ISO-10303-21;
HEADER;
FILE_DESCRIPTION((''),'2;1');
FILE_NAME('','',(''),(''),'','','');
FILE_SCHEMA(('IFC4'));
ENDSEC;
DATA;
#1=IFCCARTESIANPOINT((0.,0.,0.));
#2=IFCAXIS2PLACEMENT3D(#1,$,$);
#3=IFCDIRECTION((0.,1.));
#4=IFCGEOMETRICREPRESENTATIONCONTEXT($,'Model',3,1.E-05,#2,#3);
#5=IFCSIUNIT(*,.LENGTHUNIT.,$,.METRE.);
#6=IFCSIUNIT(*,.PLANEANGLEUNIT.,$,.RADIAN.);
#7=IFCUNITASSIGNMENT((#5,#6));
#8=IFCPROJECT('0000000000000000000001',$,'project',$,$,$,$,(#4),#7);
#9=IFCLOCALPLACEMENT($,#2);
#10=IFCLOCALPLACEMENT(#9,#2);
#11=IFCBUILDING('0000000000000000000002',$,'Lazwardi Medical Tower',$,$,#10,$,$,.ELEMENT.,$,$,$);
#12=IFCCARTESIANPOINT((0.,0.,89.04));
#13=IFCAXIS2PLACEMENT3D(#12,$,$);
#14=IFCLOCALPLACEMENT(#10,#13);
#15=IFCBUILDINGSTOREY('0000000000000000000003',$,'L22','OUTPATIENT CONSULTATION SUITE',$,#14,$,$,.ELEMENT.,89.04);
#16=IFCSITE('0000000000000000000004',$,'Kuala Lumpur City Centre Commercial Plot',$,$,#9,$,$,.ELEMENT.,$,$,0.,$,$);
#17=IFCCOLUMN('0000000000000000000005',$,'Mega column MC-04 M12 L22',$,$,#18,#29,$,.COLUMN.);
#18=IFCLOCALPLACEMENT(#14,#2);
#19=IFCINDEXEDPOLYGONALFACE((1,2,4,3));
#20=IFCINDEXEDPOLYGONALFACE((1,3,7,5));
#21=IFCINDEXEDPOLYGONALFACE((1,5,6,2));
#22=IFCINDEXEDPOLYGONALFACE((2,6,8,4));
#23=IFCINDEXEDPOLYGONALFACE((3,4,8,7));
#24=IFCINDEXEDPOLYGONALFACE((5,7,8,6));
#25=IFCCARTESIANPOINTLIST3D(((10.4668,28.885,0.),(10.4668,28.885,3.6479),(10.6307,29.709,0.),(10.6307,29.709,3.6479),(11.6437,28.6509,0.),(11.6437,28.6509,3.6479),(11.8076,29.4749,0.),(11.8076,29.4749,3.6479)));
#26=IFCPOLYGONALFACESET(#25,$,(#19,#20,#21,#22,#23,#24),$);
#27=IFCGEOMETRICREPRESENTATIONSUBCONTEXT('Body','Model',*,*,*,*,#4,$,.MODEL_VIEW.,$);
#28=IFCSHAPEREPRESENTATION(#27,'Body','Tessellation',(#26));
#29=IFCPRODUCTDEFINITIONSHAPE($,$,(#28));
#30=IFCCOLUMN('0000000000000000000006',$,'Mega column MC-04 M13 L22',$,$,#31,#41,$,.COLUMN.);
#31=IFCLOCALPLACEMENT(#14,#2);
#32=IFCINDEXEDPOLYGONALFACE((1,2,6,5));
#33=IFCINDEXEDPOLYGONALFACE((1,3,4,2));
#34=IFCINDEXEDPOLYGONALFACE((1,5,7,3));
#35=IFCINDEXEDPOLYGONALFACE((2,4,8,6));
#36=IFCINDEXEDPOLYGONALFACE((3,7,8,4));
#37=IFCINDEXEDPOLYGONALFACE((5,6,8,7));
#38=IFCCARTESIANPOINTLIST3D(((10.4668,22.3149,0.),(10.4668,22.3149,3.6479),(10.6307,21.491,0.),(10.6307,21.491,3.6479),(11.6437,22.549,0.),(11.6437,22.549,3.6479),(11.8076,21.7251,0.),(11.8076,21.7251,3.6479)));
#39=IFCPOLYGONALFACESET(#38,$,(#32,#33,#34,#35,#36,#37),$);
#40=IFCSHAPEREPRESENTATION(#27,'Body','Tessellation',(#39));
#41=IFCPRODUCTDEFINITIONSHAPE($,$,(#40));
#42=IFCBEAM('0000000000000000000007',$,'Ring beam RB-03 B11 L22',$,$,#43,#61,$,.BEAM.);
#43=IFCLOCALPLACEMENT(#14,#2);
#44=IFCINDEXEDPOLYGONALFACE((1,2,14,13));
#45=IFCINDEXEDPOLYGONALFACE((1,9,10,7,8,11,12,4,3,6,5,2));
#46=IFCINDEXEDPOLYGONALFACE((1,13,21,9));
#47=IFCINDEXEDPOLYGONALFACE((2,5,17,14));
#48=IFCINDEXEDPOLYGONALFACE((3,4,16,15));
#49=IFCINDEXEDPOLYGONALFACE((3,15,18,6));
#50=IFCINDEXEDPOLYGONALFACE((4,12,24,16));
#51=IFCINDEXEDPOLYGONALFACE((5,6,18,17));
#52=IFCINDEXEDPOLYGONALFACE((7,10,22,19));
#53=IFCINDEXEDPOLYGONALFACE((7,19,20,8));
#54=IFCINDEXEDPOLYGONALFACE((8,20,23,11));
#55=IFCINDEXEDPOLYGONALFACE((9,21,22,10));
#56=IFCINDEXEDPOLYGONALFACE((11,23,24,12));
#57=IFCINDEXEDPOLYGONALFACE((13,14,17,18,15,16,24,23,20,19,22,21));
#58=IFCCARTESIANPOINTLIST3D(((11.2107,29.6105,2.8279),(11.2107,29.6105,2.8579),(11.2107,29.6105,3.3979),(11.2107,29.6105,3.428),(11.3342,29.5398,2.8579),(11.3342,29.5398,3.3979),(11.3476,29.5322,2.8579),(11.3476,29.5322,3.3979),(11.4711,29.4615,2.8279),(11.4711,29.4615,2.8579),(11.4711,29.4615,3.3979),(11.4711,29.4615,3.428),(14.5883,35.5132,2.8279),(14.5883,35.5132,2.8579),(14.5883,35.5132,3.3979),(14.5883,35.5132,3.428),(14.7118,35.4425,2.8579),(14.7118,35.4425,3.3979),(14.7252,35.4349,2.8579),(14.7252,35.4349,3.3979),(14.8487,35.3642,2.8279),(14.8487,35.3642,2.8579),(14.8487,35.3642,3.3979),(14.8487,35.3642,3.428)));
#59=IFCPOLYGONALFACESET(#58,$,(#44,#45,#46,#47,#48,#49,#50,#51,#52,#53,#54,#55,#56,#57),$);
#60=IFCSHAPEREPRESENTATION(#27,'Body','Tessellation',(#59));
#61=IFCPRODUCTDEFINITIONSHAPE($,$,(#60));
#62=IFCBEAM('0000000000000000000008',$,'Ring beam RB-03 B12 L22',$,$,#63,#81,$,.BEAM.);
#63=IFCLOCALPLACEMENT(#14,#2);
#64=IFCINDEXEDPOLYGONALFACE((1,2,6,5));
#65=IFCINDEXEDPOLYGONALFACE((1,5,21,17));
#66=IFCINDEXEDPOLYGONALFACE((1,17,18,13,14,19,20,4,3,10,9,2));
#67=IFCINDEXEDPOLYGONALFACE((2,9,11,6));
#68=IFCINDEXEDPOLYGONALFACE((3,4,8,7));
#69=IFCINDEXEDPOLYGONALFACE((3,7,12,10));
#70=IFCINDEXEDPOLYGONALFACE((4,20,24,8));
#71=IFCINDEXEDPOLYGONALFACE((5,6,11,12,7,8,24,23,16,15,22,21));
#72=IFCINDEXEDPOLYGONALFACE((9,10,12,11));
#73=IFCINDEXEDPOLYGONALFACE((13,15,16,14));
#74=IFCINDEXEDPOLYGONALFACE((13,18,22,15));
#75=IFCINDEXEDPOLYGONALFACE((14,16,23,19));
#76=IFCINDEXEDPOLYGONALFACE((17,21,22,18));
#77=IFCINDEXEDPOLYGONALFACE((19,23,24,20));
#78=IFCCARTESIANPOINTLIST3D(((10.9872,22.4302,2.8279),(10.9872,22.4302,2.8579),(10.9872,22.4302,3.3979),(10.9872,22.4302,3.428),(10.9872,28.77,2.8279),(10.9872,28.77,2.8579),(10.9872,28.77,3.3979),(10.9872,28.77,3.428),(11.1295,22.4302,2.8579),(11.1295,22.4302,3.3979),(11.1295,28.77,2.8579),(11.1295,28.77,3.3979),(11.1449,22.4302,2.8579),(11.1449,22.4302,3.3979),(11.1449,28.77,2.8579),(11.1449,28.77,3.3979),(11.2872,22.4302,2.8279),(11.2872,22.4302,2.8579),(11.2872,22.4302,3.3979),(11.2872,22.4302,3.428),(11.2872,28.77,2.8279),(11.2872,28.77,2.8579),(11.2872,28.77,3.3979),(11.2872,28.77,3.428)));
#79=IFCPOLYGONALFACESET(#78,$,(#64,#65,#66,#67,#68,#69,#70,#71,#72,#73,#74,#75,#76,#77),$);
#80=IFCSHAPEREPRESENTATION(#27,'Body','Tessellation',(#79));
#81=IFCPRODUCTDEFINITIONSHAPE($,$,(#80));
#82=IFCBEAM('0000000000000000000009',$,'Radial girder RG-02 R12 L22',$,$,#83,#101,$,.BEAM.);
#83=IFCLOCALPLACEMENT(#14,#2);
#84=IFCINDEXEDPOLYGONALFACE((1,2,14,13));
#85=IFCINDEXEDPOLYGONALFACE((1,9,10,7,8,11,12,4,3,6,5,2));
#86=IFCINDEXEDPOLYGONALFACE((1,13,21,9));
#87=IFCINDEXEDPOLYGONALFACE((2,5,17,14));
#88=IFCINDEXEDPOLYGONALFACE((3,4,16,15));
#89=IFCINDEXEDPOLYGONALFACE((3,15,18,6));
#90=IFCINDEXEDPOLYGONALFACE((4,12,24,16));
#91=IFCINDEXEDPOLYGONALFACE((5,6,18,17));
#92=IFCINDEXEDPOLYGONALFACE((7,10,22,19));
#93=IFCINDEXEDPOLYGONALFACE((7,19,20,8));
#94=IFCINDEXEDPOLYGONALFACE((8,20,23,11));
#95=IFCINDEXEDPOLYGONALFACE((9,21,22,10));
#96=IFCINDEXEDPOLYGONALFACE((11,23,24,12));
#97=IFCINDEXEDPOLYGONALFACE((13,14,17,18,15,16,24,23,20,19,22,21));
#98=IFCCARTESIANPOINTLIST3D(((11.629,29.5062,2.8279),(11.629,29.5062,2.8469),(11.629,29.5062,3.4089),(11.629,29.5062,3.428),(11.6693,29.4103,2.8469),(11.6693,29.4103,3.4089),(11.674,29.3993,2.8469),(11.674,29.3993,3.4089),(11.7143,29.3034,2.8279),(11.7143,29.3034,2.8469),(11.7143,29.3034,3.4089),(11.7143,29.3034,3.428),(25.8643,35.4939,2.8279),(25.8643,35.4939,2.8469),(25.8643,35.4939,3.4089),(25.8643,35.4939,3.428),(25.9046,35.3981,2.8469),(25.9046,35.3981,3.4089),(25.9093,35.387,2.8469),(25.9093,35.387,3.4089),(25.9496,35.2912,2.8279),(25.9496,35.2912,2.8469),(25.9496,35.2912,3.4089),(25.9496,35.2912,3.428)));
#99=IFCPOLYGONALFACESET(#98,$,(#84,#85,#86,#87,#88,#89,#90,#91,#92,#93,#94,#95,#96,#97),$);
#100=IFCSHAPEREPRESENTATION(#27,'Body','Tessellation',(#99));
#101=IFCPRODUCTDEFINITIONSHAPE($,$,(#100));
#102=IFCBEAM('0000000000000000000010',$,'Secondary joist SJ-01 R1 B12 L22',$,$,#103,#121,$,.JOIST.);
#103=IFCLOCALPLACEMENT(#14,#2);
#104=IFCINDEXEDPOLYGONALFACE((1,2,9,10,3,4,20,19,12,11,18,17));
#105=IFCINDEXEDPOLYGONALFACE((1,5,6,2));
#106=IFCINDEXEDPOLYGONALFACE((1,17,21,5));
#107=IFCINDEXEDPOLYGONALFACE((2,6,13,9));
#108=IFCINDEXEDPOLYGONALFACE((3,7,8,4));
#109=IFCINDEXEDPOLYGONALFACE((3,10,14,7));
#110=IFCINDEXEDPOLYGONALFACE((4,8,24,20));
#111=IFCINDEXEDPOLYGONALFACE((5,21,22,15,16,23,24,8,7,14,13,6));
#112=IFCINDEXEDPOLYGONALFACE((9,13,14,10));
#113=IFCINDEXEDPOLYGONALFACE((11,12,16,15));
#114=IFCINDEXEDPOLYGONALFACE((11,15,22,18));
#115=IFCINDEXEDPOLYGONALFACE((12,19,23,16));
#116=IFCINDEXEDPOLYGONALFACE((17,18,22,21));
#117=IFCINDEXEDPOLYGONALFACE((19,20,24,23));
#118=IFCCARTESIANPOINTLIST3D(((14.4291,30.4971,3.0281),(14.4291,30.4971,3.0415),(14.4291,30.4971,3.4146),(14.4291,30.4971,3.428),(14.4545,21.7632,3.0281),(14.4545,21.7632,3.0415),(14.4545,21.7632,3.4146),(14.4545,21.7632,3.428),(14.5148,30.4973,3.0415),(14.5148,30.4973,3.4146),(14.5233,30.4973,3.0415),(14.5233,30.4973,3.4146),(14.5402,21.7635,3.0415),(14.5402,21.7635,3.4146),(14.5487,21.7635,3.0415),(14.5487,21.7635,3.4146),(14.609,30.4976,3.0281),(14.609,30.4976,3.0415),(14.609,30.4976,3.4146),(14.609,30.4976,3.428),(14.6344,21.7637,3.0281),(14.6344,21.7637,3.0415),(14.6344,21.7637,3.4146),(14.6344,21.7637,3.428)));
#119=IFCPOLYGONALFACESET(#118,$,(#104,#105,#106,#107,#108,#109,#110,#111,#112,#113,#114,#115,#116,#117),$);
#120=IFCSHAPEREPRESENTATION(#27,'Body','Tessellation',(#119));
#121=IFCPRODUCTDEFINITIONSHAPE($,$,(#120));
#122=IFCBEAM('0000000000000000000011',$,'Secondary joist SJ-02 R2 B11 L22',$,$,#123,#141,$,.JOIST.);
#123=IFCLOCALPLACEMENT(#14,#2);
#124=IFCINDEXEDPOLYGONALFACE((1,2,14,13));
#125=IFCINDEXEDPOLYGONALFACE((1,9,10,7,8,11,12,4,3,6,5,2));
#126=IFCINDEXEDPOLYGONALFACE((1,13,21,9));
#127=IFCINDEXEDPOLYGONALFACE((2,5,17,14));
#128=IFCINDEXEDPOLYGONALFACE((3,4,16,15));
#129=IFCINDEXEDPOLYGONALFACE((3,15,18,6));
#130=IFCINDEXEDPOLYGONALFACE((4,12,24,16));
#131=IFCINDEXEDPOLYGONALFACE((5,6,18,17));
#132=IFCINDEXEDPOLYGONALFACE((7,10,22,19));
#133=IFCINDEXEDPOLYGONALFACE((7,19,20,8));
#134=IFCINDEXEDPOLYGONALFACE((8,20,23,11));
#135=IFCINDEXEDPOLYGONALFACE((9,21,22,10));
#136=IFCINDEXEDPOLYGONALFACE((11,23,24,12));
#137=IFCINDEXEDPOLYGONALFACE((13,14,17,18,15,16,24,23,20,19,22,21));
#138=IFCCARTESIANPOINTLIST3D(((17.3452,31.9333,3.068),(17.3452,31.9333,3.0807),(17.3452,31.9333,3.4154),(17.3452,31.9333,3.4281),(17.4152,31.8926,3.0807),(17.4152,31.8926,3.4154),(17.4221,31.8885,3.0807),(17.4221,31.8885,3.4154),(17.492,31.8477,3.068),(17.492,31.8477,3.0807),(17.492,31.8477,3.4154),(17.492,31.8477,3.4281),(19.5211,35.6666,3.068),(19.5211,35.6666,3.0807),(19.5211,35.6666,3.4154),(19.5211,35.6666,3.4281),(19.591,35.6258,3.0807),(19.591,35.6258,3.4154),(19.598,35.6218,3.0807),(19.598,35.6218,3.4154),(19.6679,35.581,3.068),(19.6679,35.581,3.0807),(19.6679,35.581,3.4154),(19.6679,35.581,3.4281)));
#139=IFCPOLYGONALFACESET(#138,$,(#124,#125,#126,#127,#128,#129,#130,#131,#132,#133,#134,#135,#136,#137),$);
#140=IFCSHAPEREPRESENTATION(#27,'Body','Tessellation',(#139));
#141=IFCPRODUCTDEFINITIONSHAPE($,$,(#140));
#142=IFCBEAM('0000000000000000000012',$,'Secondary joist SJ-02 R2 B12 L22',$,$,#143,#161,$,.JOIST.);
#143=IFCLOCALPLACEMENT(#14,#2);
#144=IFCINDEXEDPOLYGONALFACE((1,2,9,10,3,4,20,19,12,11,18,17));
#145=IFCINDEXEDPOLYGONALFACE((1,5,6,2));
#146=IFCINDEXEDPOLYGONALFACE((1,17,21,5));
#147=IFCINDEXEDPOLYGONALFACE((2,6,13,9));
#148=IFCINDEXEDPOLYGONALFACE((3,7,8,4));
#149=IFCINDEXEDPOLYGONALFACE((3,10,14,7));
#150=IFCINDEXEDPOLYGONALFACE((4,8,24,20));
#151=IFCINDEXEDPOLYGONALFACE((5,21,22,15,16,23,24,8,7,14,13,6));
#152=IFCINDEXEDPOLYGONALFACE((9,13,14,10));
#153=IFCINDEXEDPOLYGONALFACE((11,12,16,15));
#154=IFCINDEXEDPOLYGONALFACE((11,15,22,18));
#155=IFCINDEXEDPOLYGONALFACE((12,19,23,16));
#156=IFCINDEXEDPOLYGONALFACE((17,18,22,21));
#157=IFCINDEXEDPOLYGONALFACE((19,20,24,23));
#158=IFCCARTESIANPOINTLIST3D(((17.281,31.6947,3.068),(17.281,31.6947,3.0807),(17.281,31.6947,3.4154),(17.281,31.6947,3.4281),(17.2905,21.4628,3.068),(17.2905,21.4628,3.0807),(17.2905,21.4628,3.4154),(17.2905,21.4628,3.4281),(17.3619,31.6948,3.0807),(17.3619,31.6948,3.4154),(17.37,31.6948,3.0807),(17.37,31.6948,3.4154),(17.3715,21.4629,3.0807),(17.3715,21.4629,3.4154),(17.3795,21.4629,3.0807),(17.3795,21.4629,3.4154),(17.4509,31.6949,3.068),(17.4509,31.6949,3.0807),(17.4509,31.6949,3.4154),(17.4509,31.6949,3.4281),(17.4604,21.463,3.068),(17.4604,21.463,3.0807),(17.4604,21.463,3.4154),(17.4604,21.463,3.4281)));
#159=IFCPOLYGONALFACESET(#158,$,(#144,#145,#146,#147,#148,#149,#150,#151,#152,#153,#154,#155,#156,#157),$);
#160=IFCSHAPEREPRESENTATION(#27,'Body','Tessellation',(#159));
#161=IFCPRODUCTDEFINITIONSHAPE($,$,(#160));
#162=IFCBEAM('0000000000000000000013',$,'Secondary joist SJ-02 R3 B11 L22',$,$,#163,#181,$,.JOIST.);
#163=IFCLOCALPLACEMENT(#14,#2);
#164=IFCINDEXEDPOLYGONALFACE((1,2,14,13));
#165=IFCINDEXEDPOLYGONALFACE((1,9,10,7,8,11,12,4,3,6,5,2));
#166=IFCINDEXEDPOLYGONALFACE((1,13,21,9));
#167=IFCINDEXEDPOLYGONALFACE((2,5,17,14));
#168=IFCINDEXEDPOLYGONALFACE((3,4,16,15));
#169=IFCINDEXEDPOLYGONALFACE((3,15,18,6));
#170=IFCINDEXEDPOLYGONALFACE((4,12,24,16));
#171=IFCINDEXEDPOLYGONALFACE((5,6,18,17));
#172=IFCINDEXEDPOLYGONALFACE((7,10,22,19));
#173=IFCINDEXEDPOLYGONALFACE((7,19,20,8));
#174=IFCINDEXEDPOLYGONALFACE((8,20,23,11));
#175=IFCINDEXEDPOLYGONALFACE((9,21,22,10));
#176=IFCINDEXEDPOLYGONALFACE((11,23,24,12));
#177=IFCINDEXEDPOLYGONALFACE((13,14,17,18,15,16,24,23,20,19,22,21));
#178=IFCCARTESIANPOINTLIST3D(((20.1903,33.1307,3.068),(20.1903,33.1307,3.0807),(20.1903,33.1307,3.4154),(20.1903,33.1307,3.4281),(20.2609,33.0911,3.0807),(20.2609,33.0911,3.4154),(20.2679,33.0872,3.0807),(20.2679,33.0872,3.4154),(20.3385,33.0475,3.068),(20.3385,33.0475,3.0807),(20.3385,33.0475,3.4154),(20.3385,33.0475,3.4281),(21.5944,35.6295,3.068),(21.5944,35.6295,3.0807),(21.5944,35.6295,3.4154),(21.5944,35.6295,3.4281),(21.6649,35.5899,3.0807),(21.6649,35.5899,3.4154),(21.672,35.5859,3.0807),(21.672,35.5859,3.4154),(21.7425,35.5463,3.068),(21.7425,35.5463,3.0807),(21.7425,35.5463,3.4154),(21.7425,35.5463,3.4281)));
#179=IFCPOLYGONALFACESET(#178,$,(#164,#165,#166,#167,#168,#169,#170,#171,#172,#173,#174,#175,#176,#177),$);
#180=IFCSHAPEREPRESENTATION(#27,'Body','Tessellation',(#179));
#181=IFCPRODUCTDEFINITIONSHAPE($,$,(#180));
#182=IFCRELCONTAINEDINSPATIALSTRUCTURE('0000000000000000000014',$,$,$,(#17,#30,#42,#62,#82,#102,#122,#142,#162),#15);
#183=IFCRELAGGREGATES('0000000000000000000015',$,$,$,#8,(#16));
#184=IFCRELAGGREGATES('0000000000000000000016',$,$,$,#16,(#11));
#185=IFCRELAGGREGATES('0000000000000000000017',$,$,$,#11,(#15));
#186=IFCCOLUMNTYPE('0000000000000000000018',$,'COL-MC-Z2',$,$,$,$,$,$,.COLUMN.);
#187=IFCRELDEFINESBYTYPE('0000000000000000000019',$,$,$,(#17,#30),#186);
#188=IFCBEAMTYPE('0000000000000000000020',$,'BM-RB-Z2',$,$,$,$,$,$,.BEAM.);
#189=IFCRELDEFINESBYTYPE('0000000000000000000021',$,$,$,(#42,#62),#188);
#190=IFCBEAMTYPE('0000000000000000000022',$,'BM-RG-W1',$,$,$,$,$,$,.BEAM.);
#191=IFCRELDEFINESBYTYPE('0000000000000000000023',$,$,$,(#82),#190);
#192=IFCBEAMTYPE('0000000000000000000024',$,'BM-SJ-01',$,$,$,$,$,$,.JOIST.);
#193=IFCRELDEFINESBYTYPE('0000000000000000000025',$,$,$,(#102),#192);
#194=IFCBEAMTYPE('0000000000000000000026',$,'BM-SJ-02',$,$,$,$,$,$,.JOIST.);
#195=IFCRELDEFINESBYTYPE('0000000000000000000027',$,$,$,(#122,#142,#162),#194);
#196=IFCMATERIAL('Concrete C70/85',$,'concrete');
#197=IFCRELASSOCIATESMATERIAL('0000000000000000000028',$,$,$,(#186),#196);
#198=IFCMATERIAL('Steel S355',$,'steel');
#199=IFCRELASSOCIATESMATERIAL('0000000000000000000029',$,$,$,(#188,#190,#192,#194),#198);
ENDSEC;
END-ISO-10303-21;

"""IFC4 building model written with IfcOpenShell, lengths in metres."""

from ifc_helpers import new_model, si_unit, direction, frame, origin, origin_2d, place, context, subcontext, project, spatial, rectangle, i_section, extrude, material, material_profile, profile_set, type_object, element, save


model = new_model("IFC4")

# Units and contexts
model_context = context("Model", 3, precision=1e-05, world=origin(), true_north=direction((0.0, 1.0)))
body_context = subcontext(model_context, "Body", "Model", "MODEL_VIEW")
ifc_project = project(units=[si_unit("LENGTHUNIT", "METRE"), si_unit("PLANEANGLEUNIT", "RADIAN")], contexts=[model_context])

# Site, building, storey
site_placement = place(None, origin())
site = spatial("IfcSite", under=ifc_project, at=site_placement, Name="Kuala Lumpur City Centre Commercial Plot", CompositionType="ELEMENT", RefElevation=0.0)
building_placement = place(site_placement, origin())
building = spatial("IfcBuilding", under=site, at=building_placement, Name="Lazwardi Medical Tower", CompositionType="ELEMENT")
storey_placement = place(building_placement, frame((0.0, 0.0, 89.04)))
storey = spatial("IfcBuildingStorey", under=building, at=storey_placement, Name="L22", Description="OUTPATIENT CONSULTATION SUITE", CompositionType="ELEMENT", Elevation=89.04)

# Columns
ifc_material_1 = material(Name="Concrete C70/85", Category="concrete")
ifc_material_profile_1 = material_profile(ifc_material_1, rectangle(XDim=1.2, YDim=0.8401, at=origin_2d()), Name="CFT-RECT 1200x840")
ifc_profile_set_1 = profile_set([ifc_material_profile_1], Name="Concrete C70/85")
column_type = type_object("IfcColumnType", Name="COL-MC-Z2", PredefinedType="COLUMN", material=ifc_profile_set_1)
for number, where, z_axis, x_axis, name in (
    (1, (11.1372, 29.1799, 0.0), (0.0, 0.0, 1.0), (-0.980785, 0.19509, 0.0), "Mega column MC-04 M12 L22"),
    (2, (11.1372, 22.02, 0.0), (0.0, 0.0, 1.0), (-0.980785, -0.19509, 0.0), "Mega column MC-04 M13 L22"),
):
    element("IfcColumn", number, at=place(storey_placement, frame(where, z_axis=z_axis, x_axis=x_axis)), inside=storey, type_object=column_type, Name=name, PredefinedType="COLUMN", context=body_context, shape_type="SweptSolid", body=[
        extrude(rectangle(XDim=1.2, YDim=0.8401, at=origin_2d()), origin(), (0.0, 0.0, 1.0), 3.6479),
    ])

# Beams
ifc_material_2 = material(Name="Steel S355", Category="steel")
ifc_material_profile_2 = material_profile(ifc_material_2, i_section(OverallWidth=0.3, OverallDepth=0.6001, WebThickness=0.0154, FlangeThickness=0.03, at=origin_2d()), Name="HEB 600")
ifc_profile_set_2 = profile_set([ifc_material_profile_2], Name="Steel S355")
beam_type_1 = type_object("IfcBeamType", Name="BM-RB-Z2", PredefinedType="BEAM", material=ifc_profile_set_2)
beam_1_placement = place(storey_placement, frame((14.7185, 35.4387, 3.1279), z_axis=(-0.496653, -0.867949, 0.0), x_axis=(0.867949, -0.496653, 0.0)))
element("IfcBeam", 3, at=beam_1_placement, inside=storey, type_object=beam_type_1, Name="Ring beam RB-03 B11 L22", PredefinedType="BEAM", context=body_context, shape_type="SweptSolid", body=[
    extrude(i_section(OverallWidth=0.3, OverallDepth=0.6001, WebThickness=0.0154, FlangeThickness=0.03, at=origin_2d()), origin(), (0.0, 0.0, 1.0), 6.8008),
])
beam_2_placement = place(storey_placement, frame((11.1372, 28.77, 3.1279), z_axis=(0.0, -1.0, 0.0), x_axis=(1.0, 0.0, 0.0)))
element("IfcBeam", 4, at=beam_2_placement, inside=storey, type_object=beam_type_1, Name="Ring beam RB-03 B12 L22", PredefinedType="BEAM", context=body_context, shape_type="SweptSolid", body=[
    extrude(i_section(OverallWidth=0.3, OverallDepth=0.6001, WebThickness=0.0154, FlangeThickness=0.03, at=origin_2d()), origin(), (0.0, 0.0, 1.0), 6.3398),
])
ifc_material_profile_3 = material_profile(ifc_material_2, i_section(OverallWidth=0.22, OverallDepth=0.6001, WebThickness=0.012, FlangeThickness=0.019, at=origin_2d()), Name="IPE 600")
ifc_profile_set_3 = profile_set([ifc_material_profile_3], Name="Steel S355")
beam_type_2 = type_object("IfcBeamType", Name="BM-RG-W1", PredefinedType="BEAM", material=ifc_profile_set_3)
beam_3_placement = place(storey_placement, frame((11.6716, 29.4048, 3.1279), z_axis=(0.921775, 0.387725, 0.0), x_axis=(-0.387725, 0.921775, 0.0)))
element("IfcBeam", 5, at=beam_3_placement, inside=storey, type_object=beam_type_2, Name="Radial girder RG-02 R12 L22", PredefinedType="BEAM", context=body_context, shape_type="SweptSolid", body=[
    extrude(i_section(OverallWidth=0.22, OverallDepth=0.6001, WebThickness=0.012, FlangeThickness=0.019, at=origin_2d()), origin(), (0.0, 0.0, 1.0), 15.4434),
])
ifc_material_profile_4 = material_profile(ifc_material_2, i_section(OverallWidth=0.1799, OverallDepth=0.3999, WebThickness=0.0085, FlangeThickness=0.0134, at=origin_2d()), Name="IPE 400")
ifc_profile_set_4 = profile_set([ifc_material_profile_4], Name="Steel S355")
beam_type_3 = type_object("IfcBeamType", Name="BM-SJ-01", PredefinedType="JOIST", material=ifc_profile_set_4)
beam_4_placement = place(storey_placement, frame((14.519, 30.4973, 3.228), z_axis=(0.002907, -0.999996, 0.0), x_axis=(0.999996, 0.002907, 0.0)))
element("IfcBeam", 6, at=beam_4_placement, inside=storey, type_object=beam_type_3, Name="Secondary joist SJ-01 R1 B12 L22", PredefinedType="JOIST", context=body_context, shape_type="SweptSolid", body=[
    extrude(i_section(OverallWidth=0.1799, OverallDepth=0.3999, WebThickness=0.0085, FlangeThickness=0.0134, at=origin_2d()), origin(), (0.0, 0.0, 1.0), 8.7339),
])
ifc_material_profile_5 = material_profile(ifc_material_2, i_section(OverallWidth=0.1699, OverallDepth=0.3601, WebThickness=0.0081, FlangeThickness=0.0127, at=origin_2d()), Name="IPE 360")
ifc_profile_set_5 = profile_set([ifc_material_profile_5], Name="Steel S355")
beam_type_4 = type_object("IfcBeamType", Name="BM-SJ-02", PredefinedType="JOIST", material=ifc_profile_set_5)
beam_5_placement = place(storey_placement, frame((19.5945, 35.6238, 3.248), z_axis=(-0.503544, -0.863969, 0.0), x_axis=(0.863969, -0.503544, 0.0)))
element("IfcBeam", 7, at=beam_5_placement, inside=storey, type_object=beam_type_4, Name="Secondary joist SJ-02 R2 B11 L22", PredefinedType="JOIST", context=body_context, shape_type="SweptSolid", body=[
    extrude(i_section(OverallWidth=0.1699, OverallDepth=0.3601, WebThickness=0.0081, FlangeThickness=0.0127, at=origin_2d()), origin(), (0.0, 0.0, 1.0), 4.321),
])
beam_6_placement = place(storey_placement, frame((17.366, 31.6948, 3.248), z_axis=(0.000931, -1.0, 0.0), x_axis=(1.0, 0.000931, 0.0)))
element("IfcBeam", 8, at=beam_6_placement, inside=storey, type_object=beam_type_4, Name="Secondary joist SJ-02 R2 B12 L22", PredefinedType="JOIST", context=body_context, shape_type="SweptSolid", body=[
    extrude(i_section(OverallWidth=0.1699, OverallDepth=0.3601, WebThickness=0.0081, FlangeThickness=0.0127, at=origin_2d()), origin(), (0.0, 0.0, 1.0), 10.2319),
])
beam_7_placement = place(storey_placement, frame((21.6685, 35.5879, 3.248), z_axis=(-0.489861, -0.871801, 0.0), x_axis=(0.871801, -0.489861, 0.0)))
element("IfcBeam", 9, at=beam_7_placement, inside=storey, type_object=beam_type_4, Name="Secondary joist SJ-02 R3 B11 L22", PredefinedType="JOIST", context=body_context, shape_type="SweptSolid", body=[
    extrude(i_section(OverallWidth=0.1699, OverallDepth=0.3601, WebThickness=0.0081, FlangeThickness=0.0127, at=origin_2d()), origin(), (0.0, 0.0, 1.0), 2.8662),
])

save(model, "model.ifc")
